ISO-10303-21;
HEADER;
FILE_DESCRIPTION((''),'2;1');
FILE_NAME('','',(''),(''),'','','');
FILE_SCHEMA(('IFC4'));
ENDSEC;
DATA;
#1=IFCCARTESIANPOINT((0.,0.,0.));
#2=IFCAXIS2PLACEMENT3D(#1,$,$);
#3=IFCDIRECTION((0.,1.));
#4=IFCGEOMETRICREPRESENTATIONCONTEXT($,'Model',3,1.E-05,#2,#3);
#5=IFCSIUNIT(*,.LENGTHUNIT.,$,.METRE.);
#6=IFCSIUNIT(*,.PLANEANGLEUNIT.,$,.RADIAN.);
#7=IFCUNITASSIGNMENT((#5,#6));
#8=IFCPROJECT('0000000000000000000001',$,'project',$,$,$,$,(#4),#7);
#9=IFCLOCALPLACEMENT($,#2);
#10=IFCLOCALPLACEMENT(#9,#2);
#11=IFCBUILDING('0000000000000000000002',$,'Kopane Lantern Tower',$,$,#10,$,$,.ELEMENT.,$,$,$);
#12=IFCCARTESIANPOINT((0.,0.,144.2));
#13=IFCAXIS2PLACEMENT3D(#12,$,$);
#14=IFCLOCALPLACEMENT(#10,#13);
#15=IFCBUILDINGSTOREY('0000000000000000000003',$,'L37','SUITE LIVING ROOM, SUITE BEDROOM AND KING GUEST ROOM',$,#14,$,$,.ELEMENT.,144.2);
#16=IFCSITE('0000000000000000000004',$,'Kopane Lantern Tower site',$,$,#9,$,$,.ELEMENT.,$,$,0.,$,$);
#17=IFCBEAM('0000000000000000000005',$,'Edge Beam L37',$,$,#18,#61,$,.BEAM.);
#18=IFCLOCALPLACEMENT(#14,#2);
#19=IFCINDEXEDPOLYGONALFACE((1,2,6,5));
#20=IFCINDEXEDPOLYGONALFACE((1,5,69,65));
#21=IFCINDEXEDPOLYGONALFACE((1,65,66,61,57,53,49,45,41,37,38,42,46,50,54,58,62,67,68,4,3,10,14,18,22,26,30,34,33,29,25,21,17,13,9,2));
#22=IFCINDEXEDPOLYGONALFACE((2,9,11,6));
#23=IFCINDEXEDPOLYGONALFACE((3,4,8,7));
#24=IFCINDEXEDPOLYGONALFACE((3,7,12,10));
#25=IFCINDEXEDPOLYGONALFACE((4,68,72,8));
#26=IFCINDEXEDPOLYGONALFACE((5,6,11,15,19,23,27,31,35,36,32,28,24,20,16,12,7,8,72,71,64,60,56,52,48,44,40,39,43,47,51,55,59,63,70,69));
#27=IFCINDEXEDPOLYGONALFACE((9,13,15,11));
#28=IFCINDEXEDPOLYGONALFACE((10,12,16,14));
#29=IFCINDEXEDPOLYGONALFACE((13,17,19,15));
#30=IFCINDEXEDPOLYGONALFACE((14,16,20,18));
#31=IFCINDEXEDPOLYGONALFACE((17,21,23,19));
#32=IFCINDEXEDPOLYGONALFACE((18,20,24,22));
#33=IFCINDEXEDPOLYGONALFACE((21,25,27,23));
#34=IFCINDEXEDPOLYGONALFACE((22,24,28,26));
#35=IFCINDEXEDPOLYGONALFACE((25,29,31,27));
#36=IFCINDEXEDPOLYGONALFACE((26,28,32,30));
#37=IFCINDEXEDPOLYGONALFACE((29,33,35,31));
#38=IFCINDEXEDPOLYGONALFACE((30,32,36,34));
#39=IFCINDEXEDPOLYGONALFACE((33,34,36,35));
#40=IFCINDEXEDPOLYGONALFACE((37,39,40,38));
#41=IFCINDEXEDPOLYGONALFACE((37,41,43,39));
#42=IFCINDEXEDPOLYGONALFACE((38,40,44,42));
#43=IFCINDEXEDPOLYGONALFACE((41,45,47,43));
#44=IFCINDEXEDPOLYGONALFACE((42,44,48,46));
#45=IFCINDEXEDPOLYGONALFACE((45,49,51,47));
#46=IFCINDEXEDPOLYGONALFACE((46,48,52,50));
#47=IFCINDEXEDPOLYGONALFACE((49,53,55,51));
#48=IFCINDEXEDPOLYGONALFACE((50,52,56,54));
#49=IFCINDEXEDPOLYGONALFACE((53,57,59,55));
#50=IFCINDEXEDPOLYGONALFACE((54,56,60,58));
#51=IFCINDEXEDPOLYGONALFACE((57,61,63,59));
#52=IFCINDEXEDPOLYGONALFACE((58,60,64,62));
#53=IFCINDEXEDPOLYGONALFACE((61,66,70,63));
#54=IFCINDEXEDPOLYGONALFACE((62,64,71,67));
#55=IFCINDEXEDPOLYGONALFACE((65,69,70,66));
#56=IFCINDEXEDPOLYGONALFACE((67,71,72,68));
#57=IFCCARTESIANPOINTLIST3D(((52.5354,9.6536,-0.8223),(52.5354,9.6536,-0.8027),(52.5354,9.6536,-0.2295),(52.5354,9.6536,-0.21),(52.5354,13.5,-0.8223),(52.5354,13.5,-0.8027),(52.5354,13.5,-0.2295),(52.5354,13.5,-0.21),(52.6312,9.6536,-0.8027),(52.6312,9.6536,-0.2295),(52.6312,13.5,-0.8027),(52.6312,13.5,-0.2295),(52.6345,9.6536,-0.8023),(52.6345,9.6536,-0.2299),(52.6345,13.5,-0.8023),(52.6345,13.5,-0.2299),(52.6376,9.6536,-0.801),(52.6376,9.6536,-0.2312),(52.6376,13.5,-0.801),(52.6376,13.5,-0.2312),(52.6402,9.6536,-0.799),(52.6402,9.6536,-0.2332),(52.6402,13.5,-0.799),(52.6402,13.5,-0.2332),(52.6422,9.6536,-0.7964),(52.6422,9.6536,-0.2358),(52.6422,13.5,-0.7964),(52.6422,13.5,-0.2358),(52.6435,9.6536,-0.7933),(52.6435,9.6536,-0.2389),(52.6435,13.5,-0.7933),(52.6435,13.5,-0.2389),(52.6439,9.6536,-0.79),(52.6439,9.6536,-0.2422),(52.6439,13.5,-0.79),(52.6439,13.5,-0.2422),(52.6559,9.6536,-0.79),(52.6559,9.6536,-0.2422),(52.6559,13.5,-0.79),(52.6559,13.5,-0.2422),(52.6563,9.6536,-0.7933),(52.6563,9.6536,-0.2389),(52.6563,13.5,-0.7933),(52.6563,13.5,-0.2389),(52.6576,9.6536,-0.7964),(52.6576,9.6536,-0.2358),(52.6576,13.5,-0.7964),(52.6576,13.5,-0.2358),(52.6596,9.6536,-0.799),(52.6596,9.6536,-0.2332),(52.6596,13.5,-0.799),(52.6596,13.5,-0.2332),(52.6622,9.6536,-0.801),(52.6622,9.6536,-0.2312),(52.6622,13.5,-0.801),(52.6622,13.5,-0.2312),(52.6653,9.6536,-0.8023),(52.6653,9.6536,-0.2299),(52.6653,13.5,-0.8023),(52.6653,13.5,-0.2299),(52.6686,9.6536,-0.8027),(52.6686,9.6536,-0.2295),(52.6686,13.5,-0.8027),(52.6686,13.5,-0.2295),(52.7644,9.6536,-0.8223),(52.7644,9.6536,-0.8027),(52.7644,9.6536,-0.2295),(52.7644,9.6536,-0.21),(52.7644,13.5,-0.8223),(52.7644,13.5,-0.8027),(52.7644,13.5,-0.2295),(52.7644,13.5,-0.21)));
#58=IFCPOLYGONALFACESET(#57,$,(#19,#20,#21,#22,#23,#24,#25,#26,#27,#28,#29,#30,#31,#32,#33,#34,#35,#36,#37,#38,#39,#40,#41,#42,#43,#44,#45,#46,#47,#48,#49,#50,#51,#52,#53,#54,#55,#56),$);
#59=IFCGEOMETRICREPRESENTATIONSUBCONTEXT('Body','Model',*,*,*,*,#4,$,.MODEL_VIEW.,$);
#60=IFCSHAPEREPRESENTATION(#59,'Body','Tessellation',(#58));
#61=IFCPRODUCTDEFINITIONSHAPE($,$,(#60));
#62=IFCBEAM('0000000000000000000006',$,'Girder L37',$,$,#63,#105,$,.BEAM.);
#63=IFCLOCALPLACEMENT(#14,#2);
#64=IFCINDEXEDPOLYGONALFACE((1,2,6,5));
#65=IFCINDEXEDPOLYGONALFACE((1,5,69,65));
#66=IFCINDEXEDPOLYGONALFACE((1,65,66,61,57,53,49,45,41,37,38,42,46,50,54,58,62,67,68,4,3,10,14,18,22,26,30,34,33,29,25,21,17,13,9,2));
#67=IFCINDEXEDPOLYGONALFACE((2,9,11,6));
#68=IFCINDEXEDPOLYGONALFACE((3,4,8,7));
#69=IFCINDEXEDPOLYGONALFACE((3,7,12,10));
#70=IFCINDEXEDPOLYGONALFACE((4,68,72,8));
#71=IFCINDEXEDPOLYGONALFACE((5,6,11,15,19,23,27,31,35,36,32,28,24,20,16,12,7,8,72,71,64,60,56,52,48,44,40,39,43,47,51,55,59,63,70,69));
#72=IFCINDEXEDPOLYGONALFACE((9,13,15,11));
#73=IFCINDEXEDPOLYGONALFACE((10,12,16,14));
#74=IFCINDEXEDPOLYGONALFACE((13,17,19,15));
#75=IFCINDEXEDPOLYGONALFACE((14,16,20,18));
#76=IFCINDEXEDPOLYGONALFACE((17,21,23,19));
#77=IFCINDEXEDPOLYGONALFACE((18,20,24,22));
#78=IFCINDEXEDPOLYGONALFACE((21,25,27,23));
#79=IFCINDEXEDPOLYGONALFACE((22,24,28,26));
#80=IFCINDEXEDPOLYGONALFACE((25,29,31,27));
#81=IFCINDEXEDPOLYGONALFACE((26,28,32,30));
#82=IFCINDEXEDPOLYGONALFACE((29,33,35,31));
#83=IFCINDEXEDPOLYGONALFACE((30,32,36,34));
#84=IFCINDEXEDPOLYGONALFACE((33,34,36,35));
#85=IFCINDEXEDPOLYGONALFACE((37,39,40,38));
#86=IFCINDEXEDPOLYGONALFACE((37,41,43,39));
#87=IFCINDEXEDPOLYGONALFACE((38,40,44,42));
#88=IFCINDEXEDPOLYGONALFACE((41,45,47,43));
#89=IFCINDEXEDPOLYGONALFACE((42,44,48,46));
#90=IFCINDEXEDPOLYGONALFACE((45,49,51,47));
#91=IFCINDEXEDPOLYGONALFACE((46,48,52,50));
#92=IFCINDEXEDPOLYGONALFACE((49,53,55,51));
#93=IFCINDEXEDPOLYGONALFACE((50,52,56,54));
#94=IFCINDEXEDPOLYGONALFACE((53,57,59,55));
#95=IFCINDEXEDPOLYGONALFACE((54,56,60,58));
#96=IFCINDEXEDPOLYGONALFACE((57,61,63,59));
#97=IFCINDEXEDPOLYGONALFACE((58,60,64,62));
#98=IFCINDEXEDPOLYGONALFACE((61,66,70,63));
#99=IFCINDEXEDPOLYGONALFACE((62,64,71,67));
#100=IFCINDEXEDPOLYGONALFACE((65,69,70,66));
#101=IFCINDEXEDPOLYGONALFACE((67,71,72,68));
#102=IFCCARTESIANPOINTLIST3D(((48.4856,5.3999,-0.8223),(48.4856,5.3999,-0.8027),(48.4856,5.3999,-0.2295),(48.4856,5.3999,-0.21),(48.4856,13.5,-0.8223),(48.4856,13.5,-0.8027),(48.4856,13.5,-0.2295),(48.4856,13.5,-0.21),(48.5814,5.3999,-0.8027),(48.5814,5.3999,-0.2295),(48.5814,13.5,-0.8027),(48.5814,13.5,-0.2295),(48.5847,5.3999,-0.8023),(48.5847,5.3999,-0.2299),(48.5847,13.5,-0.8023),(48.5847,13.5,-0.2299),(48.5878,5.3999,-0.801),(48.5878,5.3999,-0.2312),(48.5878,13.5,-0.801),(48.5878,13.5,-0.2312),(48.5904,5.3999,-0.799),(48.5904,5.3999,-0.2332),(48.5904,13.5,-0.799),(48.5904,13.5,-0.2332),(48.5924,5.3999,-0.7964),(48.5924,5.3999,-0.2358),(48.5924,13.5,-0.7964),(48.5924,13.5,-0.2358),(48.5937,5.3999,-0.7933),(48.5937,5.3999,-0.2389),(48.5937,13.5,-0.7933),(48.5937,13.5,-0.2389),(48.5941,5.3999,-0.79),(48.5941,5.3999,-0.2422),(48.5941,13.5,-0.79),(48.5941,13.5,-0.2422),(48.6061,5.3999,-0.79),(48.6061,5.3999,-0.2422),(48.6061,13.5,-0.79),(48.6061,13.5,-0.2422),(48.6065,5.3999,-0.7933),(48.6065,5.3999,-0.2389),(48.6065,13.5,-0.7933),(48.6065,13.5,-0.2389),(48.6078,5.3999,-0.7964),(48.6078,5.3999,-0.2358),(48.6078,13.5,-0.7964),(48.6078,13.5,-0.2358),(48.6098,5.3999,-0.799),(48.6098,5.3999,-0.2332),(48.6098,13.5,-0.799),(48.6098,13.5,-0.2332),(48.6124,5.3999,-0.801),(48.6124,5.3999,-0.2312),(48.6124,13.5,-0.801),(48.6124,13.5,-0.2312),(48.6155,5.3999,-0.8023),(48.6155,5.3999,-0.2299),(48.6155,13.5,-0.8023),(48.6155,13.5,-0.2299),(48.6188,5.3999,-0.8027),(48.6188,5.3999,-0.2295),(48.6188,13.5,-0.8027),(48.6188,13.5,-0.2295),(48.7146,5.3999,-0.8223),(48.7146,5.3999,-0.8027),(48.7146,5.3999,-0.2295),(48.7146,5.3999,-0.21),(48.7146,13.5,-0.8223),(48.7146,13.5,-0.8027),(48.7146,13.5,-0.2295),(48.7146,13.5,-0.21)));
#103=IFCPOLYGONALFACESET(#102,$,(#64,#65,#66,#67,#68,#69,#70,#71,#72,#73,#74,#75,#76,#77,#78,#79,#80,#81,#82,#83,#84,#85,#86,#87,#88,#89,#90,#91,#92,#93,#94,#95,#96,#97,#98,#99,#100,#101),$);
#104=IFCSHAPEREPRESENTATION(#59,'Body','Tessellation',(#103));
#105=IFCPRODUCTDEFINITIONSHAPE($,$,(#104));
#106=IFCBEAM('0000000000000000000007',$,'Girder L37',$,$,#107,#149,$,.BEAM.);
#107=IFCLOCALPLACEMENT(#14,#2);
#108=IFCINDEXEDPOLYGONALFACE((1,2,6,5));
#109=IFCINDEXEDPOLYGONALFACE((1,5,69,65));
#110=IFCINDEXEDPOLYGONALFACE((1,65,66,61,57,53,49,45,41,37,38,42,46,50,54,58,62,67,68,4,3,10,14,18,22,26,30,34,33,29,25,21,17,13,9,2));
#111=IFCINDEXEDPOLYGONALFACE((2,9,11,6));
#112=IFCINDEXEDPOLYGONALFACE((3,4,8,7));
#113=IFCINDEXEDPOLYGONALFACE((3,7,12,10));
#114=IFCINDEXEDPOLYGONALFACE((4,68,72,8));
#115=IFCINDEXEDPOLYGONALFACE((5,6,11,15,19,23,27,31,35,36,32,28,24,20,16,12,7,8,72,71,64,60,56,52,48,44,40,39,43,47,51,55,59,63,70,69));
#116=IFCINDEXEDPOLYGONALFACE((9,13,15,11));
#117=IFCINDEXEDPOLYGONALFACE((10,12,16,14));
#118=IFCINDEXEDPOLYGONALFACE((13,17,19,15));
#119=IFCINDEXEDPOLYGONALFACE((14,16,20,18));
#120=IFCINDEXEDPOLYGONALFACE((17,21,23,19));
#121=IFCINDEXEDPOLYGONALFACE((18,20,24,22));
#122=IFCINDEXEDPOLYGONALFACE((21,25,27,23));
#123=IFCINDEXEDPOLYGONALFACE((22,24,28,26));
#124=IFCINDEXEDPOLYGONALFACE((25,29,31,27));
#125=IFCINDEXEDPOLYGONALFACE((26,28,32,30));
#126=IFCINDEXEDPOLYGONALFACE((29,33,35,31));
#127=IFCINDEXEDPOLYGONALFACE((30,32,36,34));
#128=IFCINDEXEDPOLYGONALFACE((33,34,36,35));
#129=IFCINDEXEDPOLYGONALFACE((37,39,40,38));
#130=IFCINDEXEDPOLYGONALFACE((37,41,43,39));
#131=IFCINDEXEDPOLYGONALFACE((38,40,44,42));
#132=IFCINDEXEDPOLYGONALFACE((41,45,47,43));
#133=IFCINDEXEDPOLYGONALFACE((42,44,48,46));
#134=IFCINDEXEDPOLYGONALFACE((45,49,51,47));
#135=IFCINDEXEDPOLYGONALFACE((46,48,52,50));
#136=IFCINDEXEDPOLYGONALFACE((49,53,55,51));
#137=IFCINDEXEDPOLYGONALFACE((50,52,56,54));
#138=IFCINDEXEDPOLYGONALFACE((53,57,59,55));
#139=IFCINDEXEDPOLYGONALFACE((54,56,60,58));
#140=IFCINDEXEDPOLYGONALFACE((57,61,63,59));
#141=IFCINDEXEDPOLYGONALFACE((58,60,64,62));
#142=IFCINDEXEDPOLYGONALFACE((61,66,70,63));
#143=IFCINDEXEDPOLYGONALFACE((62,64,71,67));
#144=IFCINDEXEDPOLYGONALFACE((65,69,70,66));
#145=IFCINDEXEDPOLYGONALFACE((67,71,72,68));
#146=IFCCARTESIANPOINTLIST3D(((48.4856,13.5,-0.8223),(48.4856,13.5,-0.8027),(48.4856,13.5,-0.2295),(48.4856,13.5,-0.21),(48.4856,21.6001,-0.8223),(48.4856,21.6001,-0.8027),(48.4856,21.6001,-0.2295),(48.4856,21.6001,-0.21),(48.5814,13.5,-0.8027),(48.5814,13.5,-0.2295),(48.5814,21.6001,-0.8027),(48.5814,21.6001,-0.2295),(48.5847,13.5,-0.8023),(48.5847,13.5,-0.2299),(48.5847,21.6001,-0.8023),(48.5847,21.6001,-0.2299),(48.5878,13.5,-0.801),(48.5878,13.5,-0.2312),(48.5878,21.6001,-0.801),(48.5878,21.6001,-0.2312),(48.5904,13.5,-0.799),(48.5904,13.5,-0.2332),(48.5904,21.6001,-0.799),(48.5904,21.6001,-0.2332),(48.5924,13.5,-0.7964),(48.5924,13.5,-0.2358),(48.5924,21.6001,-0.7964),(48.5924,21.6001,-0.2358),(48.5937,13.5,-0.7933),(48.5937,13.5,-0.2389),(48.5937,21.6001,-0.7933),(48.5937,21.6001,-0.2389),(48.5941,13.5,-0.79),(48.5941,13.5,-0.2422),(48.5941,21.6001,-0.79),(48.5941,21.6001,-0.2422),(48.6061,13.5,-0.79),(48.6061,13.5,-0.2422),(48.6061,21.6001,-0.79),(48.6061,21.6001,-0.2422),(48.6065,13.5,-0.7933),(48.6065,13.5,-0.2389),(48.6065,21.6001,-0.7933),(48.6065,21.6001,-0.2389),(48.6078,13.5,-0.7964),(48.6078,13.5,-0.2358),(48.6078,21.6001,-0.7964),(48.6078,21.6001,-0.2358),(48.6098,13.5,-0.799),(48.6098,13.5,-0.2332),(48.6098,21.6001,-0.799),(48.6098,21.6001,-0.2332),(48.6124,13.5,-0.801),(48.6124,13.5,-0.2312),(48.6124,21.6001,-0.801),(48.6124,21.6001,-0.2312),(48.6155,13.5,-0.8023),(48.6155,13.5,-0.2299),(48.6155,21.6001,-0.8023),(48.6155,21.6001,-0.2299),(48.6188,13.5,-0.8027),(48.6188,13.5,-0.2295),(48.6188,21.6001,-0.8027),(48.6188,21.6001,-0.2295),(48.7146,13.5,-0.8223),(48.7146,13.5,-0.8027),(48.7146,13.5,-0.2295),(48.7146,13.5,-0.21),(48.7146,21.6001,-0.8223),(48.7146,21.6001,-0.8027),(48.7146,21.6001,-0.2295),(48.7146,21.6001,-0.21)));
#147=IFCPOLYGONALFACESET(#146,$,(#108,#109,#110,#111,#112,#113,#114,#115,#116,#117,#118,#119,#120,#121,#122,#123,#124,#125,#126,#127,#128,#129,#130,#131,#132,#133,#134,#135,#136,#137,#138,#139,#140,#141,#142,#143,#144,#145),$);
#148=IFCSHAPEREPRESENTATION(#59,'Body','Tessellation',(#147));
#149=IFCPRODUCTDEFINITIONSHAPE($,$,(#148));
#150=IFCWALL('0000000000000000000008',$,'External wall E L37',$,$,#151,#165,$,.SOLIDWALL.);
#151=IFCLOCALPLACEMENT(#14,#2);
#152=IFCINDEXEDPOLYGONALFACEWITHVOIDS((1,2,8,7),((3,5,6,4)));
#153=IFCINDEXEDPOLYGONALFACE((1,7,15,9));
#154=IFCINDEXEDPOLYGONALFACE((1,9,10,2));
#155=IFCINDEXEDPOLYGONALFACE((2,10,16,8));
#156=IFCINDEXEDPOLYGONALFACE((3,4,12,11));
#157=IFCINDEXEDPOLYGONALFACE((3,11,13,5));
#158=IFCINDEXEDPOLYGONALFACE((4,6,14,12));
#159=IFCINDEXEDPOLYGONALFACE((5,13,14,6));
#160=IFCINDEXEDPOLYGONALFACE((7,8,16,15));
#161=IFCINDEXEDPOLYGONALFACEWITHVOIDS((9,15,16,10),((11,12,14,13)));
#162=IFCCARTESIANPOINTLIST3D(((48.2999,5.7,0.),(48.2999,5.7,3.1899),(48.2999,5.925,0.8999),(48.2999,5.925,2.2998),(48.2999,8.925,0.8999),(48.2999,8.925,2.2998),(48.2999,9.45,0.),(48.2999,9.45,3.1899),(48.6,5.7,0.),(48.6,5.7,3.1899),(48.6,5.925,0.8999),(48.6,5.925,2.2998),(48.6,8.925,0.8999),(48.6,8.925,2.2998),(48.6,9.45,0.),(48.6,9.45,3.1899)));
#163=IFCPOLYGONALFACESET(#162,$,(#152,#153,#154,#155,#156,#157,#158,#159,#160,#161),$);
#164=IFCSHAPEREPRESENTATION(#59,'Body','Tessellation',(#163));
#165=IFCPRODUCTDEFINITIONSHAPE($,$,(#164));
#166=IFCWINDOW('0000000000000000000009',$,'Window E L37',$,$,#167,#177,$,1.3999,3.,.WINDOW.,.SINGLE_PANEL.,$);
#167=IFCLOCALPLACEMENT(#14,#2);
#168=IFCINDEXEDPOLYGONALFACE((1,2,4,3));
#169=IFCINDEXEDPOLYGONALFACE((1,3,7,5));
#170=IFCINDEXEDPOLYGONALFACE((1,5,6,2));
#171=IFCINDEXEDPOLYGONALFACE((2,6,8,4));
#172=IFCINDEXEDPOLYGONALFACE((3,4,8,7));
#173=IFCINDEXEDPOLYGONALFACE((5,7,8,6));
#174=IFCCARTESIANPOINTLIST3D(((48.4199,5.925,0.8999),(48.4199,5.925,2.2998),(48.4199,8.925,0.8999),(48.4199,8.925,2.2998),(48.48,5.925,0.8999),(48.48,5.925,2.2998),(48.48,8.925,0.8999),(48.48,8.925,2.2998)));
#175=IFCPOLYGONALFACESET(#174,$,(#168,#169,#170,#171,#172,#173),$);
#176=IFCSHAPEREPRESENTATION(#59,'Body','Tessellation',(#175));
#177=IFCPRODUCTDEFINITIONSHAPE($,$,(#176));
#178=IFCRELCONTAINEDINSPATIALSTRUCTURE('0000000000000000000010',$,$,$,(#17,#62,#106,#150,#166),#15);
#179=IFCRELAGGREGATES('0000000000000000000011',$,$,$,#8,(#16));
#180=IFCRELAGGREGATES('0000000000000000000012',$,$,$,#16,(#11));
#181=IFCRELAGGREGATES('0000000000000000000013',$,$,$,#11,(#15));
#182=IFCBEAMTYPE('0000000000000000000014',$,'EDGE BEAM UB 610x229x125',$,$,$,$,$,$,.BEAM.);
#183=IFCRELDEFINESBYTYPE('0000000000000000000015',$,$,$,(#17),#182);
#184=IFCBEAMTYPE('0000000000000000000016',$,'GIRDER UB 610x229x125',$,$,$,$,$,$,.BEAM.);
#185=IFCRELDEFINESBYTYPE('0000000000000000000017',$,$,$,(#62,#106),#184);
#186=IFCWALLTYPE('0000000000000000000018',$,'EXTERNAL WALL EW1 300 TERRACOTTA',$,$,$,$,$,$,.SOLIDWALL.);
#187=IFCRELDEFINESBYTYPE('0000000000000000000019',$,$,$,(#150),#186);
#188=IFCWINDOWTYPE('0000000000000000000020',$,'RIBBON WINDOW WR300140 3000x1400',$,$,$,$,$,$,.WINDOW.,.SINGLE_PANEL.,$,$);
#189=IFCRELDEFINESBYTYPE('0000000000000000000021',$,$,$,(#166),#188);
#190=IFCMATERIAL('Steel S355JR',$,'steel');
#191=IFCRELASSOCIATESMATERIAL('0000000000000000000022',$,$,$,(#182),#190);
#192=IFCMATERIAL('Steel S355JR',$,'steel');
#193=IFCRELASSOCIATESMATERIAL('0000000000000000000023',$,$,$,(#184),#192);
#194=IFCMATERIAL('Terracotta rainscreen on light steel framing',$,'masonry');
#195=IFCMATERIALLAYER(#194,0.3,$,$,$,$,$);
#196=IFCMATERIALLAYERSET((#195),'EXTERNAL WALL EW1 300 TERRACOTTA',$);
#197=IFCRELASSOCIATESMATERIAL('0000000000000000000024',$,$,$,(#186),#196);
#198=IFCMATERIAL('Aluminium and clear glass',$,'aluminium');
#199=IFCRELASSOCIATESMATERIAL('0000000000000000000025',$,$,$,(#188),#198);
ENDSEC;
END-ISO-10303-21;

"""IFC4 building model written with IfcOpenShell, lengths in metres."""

from ifc_helpers import new_model, si_unit, direction, frame, frame_2d, origin, origin_2d, place, context, subcontext, project, spatial, rectangle, i_section, extrude, material, layer, layer_set, material_profile, profile_set, type_object, element, fill, save


model = new_model("IFC4")

# Units and contexts
model_context = context("Model", 3, precision=1e-05, world=origin(), true_north=direction((0.0, 1.0)))
body_context = subcontext(model_context, "Body", "Model", "MODEL_VIEW")
ifc_project = project(units=[si_unit("LENGTHUNIT", "METRE"), si_unit("PLANEANGLEUNIT", "RADIAN")], contexts=[model_context])

# Site, building, storey
site_placement = place(None, origin())
site = spatial("IfcSite", under=ifc_project, at=site_placement, Name="Kopane Lantern Tower site", CompositionType="ELEMENT", RefElevation=0.0)
building_placement = place(site_placement, origin())
building = spatial("IfcBuilding", under=site, at=building_placement, Name="Kopane Lantern Tower", CompositionType="ELEMENT")
storey_placement = place(building_placement, frame((0.0, 0.0, 144.2)))
storey = spatial("IfcBuildingStorey", under=building, at=storey_placement, Name="L37", Description="SUITE LIVING ROOM, SUITE BEDROOM AND KING GUEST ROOM", CompositionType="ELEMENT", Elevation=144.2)

# Beams
ifc_material_1 = material(Name="Steel S355JR", Category="steel")
ifc_material_profile_1 = material_profile(ifc_material_1, i_section(OverallWidth=0.229, OverallDepth=0.6123, WebThickness=0.012, FlangeThickness=0.0195, FilletRadius=0.0127, at=origin_2d()), Name="UB 610x229x125")
ifc_profile_set_1 = profile_set([ifc_material_profile_1], Name="Steel S355JR")
beam_type_1 = type_object("IfcBeamType", Name="EDGE BEAM UB 610x229x125", PredefinedType="BEAM", material=ifc_profile_set_1)
for number, where, z_axis, x_axis, name in (
    (1, (52.6499, 9.6536, -0.5161), (0.0, 1.0, 0.0), (-1.0, 0.0, 0.0), "Edge Beam L37"),
):
    element("IfcBeam", number, at=place(storey_placement, frame(where, z_axis=z_axis, x_axis=x_axis)), inside=storey, type_object=beam_type_1, Name=name, PredefinedType="BEAM", context=body_context, shape_type="SweptSolid", body=[
        extrude(i_section(OverallWidth=0.229, OverallDepth=0.6123, WebThickness=0.012, FlangeThickness=0.0195, FilletRadius=0.0127, at=origin_2d()), origin(), (0.0, 0.0, 1.0), 3.8464),
    ])
ifc_material_2 = material(Name="Steel S355JR", Category="steel")
ifc_material_profile_2 = material_profile(ifc_material_2, i_section(OverallWidth=0.229, OverallDepth=0.6123, WebThickness=0.012, FlangeThickness=0.0195, FilletRadius=0.0127, at=origin_2d()), Name="UB 610x229x125")
ifc_profile_set_2 = profile_set([ifc_material_profile_2], Name="Steel S355JR")
beam_type_2 = type_object("IfcBeamType", Name="GIRDER UB 610x229x125", PredefinedType="BEAM", material=ifc_profile_set_2)
for number, where, z_axis, x_axis, name in (
    (2, (48.6001, 5.3999, -0.5161), (0.0, 1.0, 0.0), (-1.0, 0.0, 0.0), "Girder L37"),
    (3, (48.6001, 13.5, -0.5161), (0.0, 1.0, 0.0), (-1.0, 0.0, 0.0), "Girder L37"),
):
    element("IfcBeam", number, at=place(storey_placement, frame(where, z_axis=z_axis, x_axis=x_axis)), inside=storey, type_object=beam_type_2, Name=name, PredefinedType="BEAM", context=body_context, shape_type="SweptSolid", body=[
        extrude(i_section(OverallWidth=0.229, OverallDepth=0.6123, WebThickness=0.012, FlangeThickness=0.0195, FilletRadius=0.0127, at=origin_2d()), origin(), (0.0, 0.0, 1.0), 8.1001),
    ])

# Wall, opening, window
ifc_material_3 = material(Name="Terracotta rainscreen on light steel framing", Category="masonry")
ifc_layer = layer(ifc_material_3, 0.3)
ifc_layer_set = layer_set([ifc_layer], Name="EXTERNAL WALL EW1 300 TERRACOTTA")
wall_type = type_object("IfcWallType", Name="EXTERNAL WALL EW1 300 TERRACOTTA", PredefinedType="SOLIDWALL", material=ifc_layer_set)
wall_1_placement = place(storey_placement, frame((48.45, 5.7, 0.0), z_axis=(0.0, 0.0, 1.0), x_axis=(0.0, 1.0, 0.0)))
wall_1 = element("IfcWall", 4, at=wall_1_placement, inside=storey, type_object=wall_type, Name="External wall E L37", PredefinedType="SOLIDWALL", context=body_context, shape_type="SweptSolid", body=[
    extrude(rectangle(XDim=3.75, YDim=0.3, at=frame_2d((1.875, 0.0))), origin(), (0.0, 0.0, 1.0), 3.1899),
])
opening_1_placement = place(wall_1_placement, frame((0.2251, 0.0, 0.8999)))
opening_1 = element("IfcOpeningElement", 5, at=opening_1_placement, cuts=wall_1, PredefinedType="OPENING", context=body_context, shape_type="SweptSolid", body=[
    extrude(rectangle(XDim=3.0, YDim=1.3999, at=frame_2d((1.5, 0.7))), frame((0.0, 0.1599, 0.0), z_axis=(0.0, -1.0, 0.0), x_axis=(1.0, 0.0, 0.0)), (0.0, 0.0, 1.0), 0.3201),
])
ifc_material_4 = material(Name="Aluminium and clear glass", Category="aluminium")
window_type = type_object("IfcWindowType", Name="RIBBON WINDOW WR300140 3000x1400", PartitioningType="SINGLE_PANEL", PredefinedType="WINDOW", material=ifc_material_4)
window_1_placement = place(opening_1_placement, origin())
window_1 = element("IfcWindow", 6, at=window_1_placement, inside=storey, type_object=window_type, Name="Window E L37", OverallHeight=1.3999, OverallWidth=3.0, PartitioningType="SINGLE_PANEL", PredefinedType="WINDOW", context=body_context, shape_type="SweptSolid", body=[
    extrude(rectangle(XDim=3.0, YDim=1.3999, at=frame_2d((1.5, 0.7))), frame((0.0, 0.03, 0.0), z_axis=(0.0, -1.0, 0.0), x_axis=(1.0, 0.0, 0.0)), (0.0, 0.0, 1.0), 0.0601),
])
fill(opening_1, window_1)

save(model, "model.ifc")
